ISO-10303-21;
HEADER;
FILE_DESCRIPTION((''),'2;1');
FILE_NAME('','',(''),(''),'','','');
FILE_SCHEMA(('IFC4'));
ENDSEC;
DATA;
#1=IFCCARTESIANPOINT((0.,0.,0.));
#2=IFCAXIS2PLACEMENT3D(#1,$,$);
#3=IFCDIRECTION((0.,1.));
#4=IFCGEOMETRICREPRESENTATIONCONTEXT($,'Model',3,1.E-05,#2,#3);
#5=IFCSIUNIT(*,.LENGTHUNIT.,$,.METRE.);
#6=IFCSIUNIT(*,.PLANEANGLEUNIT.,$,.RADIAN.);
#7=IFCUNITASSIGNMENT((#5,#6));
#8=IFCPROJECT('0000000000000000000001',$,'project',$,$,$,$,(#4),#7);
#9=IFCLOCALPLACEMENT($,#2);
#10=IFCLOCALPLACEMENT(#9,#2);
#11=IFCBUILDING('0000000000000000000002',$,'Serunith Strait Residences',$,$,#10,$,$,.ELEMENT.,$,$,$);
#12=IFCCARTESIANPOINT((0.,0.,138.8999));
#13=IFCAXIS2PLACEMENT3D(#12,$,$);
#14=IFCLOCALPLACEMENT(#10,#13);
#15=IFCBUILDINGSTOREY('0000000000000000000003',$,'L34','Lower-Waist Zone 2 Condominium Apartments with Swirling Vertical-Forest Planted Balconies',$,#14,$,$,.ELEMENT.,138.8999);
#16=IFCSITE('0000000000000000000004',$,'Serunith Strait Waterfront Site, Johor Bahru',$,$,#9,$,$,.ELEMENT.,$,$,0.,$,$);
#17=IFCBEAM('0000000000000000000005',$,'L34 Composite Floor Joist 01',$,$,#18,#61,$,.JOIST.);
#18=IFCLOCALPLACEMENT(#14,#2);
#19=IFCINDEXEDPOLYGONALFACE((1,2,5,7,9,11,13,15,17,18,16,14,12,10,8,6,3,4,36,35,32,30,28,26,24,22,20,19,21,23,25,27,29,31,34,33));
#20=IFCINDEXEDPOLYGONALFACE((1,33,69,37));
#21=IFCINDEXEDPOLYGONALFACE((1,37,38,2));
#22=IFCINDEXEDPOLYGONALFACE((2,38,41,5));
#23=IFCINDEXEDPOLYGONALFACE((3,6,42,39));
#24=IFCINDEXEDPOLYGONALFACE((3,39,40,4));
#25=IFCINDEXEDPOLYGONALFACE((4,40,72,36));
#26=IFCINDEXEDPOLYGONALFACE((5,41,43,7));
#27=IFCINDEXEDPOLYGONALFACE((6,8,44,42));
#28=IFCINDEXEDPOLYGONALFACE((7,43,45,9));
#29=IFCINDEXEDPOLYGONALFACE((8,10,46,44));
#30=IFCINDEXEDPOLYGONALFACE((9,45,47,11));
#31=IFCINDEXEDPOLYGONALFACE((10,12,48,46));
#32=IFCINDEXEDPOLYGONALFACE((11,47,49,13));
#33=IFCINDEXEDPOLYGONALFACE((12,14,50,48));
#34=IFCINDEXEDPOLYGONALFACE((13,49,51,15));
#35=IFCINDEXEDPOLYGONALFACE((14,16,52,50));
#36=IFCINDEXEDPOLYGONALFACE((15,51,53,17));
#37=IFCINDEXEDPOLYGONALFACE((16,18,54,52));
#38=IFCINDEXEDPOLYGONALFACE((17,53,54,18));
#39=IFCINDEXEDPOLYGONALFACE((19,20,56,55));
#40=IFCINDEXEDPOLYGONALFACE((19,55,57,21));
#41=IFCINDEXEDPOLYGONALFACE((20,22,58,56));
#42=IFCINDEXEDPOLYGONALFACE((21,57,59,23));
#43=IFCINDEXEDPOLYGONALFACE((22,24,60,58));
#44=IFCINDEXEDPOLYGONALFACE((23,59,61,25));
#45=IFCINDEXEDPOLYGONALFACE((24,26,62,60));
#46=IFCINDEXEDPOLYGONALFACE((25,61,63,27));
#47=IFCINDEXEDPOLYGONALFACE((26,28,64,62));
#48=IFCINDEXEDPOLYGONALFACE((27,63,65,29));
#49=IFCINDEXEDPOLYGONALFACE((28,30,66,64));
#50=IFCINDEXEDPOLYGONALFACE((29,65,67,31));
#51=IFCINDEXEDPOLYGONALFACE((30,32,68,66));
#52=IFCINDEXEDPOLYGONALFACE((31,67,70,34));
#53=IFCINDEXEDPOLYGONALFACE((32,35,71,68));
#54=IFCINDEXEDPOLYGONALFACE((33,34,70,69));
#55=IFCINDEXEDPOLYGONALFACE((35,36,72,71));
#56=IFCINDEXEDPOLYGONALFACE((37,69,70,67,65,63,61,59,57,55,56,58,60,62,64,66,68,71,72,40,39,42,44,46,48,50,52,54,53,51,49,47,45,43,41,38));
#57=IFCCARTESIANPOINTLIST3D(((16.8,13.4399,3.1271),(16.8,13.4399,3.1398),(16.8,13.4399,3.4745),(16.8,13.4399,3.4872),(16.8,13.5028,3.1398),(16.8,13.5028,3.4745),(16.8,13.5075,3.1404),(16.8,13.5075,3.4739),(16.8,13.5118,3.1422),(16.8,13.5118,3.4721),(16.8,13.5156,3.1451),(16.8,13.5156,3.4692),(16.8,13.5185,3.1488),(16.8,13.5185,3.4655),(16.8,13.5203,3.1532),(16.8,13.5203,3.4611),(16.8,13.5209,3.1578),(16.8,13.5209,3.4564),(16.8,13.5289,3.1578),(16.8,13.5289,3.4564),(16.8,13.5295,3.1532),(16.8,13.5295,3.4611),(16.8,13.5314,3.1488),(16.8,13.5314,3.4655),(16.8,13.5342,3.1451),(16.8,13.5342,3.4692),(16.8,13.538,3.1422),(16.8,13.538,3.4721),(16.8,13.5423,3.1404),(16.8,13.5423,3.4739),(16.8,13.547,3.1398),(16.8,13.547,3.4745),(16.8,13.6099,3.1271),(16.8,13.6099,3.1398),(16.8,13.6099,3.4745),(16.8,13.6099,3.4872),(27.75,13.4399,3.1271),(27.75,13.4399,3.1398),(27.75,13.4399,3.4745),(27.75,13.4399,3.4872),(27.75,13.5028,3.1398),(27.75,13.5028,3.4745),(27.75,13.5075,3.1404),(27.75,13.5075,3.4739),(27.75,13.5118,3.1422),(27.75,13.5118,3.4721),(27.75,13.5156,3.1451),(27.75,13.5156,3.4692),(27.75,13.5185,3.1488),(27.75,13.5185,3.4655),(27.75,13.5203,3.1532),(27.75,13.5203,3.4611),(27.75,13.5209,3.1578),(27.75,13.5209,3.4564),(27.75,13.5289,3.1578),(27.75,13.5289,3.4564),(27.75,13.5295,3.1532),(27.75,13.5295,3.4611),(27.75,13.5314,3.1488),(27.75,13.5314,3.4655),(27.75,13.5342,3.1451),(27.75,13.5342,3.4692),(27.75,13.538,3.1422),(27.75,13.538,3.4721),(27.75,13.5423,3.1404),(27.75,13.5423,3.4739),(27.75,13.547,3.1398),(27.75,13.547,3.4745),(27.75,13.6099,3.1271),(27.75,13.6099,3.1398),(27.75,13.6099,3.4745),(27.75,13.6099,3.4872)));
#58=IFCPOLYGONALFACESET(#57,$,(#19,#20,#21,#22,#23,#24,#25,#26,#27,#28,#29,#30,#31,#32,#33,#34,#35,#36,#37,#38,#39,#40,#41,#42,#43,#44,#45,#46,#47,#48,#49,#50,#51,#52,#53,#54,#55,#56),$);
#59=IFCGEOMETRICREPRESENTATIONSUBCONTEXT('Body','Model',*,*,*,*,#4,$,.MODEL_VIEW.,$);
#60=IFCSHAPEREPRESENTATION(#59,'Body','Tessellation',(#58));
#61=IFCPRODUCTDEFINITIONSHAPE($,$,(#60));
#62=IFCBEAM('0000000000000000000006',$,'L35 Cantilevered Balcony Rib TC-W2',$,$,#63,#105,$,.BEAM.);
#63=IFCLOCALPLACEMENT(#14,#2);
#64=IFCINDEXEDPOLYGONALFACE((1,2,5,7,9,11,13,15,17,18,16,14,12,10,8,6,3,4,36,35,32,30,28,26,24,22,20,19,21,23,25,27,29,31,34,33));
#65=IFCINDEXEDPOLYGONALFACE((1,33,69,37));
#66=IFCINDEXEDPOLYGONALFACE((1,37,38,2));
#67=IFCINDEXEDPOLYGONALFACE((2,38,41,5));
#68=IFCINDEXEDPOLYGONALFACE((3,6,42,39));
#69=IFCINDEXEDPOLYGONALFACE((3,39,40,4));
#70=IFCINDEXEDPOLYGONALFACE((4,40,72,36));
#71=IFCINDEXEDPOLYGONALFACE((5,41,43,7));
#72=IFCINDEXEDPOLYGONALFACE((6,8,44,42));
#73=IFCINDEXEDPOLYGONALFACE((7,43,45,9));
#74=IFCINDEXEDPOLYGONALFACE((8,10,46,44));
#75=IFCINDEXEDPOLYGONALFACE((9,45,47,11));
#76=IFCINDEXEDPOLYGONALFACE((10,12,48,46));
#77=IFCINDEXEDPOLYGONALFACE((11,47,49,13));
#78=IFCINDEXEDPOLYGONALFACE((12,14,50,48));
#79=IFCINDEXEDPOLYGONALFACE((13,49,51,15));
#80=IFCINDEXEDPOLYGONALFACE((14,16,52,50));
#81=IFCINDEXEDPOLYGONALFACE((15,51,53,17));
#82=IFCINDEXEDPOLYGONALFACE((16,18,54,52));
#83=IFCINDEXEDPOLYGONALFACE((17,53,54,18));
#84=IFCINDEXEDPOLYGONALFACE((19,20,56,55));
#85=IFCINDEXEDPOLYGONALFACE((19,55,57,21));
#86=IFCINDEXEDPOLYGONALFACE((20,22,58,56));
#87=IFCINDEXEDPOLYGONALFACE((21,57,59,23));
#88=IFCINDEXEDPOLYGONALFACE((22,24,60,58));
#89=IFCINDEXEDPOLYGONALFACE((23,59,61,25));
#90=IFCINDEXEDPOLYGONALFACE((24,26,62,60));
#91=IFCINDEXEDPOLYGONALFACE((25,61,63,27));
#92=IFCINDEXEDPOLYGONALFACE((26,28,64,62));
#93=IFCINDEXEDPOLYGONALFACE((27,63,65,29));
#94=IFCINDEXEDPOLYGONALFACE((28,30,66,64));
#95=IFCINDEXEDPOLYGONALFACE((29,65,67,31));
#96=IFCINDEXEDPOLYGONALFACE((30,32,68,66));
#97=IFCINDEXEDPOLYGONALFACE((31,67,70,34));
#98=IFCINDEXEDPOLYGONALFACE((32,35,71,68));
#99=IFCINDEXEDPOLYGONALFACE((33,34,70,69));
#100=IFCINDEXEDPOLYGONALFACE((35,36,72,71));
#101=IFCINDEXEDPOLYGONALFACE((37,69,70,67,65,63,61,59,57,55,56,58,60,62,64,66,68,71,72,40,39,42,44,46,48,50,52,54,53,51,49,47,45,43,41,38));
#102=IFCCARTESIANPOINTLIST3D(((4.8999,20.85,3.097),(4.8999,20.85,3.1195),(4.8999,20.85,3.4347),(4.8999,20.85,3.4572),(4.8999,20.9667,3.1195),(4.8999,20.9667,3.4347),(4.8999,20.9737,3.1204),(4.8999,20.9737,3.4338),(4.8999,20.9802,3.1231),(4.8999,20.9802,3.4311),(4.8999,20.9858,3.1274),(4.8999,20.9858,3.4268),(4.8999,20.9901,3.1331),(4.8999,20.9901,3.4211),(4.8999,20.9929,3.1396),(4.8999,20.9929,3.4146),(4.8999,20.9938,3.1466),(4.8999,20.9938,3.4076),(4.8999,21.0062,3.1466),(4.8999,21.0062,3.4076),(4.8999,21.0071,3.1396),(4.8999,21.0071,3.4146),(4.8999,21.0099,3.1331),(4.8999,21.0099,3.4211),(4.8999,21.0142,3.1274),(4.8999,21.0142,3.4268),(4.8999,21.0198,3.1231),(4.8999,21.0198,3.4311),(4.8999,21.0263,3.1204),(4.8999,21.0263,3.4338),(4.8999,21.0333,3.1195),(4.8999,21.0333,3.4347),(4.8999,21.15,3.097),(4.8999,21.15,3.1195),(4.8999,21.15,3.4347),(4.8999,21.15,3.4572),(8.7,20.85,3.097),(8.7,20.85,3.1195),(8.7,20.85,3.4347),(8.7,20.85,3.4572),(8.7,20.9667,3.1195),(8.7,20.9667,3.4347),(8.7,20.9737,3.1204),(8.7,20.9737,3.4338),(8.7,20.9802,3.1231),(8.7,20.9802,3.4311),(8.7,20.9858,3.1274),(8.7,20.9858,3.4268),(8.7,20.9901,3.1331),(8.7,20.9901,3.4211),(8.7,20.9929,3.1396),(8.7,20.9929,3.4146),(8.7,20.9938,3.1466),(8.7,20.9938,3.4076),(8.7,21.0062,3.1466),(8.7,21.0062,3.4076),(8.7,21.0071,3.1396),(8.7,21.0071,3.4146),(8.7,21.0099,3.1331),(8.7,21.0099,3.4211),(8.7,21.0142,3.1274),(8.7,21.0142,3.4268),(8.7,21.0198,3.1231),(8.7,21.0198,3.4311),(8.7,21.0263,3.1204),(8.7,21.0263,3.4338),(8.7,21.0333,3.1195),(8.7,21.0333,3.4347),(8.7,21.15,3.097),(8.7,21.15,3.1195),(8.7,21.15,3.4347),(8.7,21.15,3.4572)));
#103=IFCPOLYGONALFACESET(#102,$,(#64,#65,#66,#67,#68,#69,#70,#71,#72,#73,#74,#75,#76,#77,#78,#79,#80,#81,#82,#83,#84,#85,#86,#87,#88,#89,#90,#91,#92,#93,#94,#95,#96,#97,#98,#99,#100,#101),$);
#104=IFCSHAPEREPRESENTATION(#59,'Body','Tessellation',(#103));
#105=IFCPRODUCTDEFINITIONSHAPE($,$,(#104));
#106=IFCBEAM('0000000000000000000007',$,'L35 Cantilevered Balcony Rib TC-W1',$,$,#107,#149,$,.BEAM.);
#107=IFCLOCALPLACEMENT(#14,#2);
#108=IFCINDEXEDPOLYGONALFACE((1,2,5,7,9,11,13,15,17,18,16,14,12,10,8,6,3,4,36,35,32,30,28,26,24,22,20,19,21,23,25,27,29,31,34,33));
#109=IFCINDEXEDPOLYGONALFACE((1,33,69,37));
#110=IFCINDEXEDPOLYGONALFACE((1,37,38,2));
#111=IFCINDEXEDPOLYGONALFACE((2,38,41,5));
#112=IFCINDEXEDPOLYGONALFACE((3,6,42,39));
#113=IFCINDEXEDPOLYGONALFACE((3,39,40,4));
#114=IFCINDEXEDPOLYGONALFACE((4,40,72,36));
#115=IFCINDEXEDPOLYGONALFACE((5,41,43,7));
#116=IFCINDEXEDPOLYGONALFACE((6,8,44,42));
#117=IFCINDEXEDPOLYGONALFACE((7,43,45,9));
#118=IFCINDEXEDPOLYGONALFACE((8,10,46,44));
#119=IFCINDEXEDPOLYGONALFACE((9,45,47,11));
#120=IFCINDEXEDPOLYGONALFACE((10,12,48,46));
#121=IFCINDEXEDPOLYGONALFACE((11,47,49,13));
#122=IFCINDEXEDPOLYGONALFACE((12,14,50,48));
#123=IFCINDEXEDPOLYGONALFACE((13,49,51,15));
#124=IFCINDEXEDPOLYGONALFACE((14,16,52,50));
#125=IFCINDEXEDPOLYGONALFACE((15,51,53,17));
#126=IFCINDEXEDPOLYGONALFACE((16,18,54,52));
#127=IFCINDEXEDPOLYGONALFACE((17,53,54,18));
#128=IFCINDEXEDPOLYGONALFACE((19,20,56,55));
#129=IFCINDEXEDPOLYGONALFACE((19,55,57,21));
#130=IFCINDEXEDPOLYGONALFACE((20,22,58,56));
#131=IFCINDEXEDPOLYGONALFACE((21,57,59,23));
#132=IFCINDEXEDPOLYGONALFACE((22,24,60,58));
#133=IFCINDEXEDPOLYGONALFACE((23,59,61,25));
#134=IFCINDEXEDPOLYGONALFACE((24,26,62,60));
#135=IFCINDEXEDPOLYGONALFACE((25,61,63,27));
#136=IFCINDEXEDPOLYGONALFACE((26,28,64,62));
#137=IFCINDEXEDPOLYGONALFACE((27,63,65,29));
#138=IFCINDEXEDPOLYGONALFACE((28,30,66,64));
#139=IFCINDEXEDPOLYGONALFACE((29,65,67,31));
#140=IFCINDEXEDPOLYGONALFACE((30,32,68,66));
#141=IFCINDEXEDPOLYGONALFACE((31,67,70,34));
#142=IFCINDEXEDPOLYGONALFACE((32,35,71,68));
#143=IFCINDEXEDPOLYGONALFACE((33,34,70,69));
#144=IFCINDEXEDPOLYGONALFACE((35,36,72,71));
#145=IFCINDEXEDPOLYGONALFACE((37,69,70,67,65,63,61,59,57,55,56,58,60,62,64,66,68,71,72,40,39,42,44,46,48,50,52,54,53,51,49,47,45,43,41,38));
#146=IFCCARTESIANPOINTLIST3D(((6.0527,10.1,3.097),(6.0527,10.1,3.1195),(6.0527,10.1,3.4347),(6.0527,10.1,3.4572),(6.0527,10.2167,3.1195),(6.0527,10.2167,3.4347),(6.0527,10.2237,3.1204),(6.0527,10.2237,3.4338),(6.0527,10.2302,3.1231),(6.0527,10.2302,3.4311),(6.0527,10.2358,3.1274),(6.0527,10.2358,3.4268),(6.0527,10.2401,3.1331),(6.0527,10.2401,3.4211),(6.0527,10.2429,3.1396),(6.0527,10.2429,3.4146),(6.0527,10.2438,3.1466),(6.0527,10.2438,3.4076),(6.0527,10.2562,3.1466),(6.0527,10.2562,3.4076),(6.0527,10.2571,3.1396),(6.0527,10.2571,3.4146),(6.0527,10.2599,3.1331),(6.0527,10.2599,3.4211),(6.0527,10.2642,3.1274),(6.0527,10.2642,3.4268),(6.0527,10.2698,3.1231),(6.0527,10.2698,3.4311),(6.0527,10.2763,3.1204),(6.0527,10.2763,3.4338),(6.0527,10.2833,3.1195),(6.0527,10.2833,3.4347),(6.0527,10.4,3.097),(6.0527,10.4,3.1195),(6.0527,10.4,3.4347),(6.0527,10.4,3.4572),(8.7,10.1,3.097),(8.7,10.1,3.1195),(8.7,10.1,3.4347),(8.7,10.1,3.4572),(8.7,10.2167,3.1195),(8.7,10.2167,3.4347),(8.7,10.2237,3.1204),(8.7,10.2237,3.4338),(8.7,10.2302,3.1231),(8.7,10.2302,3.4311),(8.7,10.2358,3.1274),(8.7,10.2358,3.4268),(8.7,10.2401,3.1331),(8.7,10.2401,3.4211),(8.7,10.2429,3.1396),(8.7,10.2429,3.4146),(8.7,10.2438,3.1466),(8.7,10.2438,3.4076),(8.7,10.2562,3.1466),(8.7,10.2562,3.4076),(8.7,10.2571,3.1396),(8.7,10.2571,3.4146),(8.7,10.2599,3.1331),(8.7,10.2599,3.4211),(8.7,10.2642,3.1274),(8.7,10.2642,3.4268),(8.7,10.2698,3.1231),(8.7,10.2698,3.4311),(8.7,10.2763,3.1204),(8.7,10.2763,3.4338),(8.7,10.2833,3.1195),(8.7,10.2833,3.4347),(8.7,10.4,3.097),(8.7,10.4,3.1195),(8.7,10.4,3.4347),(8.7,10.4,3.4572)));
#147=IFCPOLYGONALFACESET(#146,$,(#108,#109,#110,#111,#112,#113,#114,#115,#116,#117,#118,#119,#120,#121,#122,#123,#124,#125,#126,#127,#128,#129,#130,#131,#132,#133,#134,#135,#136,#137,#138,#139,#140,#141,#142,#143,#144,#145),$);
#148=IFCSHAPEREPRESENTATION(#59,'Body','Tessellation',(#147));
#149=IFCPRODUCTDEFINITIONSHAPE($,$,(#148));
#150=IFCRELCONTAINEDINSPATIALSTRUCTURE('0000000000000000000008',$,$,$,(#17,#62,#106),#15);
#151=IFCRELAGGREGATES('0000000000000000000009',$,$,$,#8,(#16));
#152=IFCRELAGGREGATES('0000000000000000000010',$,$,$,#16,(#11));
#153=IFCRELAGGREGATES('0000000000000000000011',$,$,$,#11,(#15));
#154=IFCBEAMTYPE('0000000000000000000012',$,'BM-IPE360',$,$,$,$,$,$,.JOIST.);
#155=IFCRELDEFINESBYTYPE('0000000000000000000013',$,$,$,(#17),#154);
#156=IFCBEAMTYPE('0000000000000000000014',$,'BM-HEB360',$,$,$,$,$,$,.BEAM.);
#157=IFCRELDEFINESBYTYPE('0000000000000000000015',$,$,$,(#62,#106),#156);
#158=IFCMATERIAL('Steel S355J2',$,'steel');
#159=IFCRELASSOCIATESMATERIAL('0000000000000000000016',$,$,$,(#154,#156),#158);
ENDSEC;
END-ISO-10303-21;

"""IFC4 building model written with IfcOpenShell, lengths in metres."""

from ifc_helpers import new_model, si_unit, direction, frame, origin, origin_2d, place, context, subcontext, project, spatial, i_section, extrude, source, transform, mapped, material, material_profile, profile_set, type_object, element, save


model = new_model("IFC4")

# Units and contexts
model_context = context("Model", 3, precision=1e-05, world=origin(), true_north=direction((0.0, 1.0)))
body_context = subcontext(model_context, "Body", "Model", "MODEL_VIEW")
ifc_project = project(units=[si_unit("LENGTHUNIT", "METRE"), si_unit("PLANEANGLEUNIT", "RADIAN")], contexts=[model_context])

# Site, building, storey
site_placement = place(None, origin())
site = spatial("IfcSite", under=ifc_project, at=site_placement, Name="Serunith Strait Waterfront Site, Johor Bahru", CompositionType="ELEMENT", RefElevation=0.0)
building_placement = place(site_placement, origin())
building = spatial("IfcBuilding", under=site, at=building_placement, Name="Serunith Strait Residences", CompositionType="ELEMENT")
storey_placement = place(building_placement, frame((0.0, 0.0, 138.8999)))
storey = spatial("IfcBuildingStorey", under=building, at=storey_placement, Name="L34", Description="Lower-Waist Zone 2 Condominium Apartments with Swirling Vertical-Forest Planted Balconies", CompositionType="ELEMENT", Elevation=138.8999)

# Beams
ifc_material_1 = material(Name="Steel S355J2", Category="steel")
ifc_material_profile_1 = material_profile(ifc_material_1, i_section(OverallWidth=0.1699, OverallDepth=0.3601, WebThickness=0.0081, FlangeThickness=0.0127, FilletRadius=0.0181, at=origin_2d()), Name="IPE 360")
ifc_profile_set_1 = profile_set([ifc_material_profile_1], Name="Steel S355J2")
beam_type_1 = type_object("IfcBeamType", Name="BM-IPE360", PredefinedType="JOIST", material=ifc_profile_set_1)
shared_shape_1 = source(origin(), body_context, "Body", "SweptSolid", [
    extrude(i_section(OverallWidth=0.1699, OverallDepth=0.3601, WebThickness=0.0081, FlangeThickness=0.0127, FilletRadius=0.0181, at=origin_2d()), origin(), (0.0, 0.0, 1.0), 10.95),
])
beam_1_placement = place(storey_placement, frame((16.8, 13.5249, 3.3071), z_axis=(1.0, 0.0, 0.0), x_axis=(0.0, 1.0, 0.0)))
element("IfcBeam", 1, at=beam_1_placement, inside=storey, type_object=beam_type_1, Name="L34 Composite Floor Joist 01", PredefinedType="JOIST", context=body_context, shape_type="MappedRepresentation", body=[
    mapped(shared_shape_1, transform((0.0, 0.0, 0.0), scale=1.0)),
])
ifc_material_profile_2 = material_profile(ifc_material_1, i_section(OverallWidth=0.3, OverallDepth=0.3601, WebThickness=0.0125, FlangeThickness=0.0225, FilletRadius=0.0271, at=origin_2d()), Name="HEB 360")
ifc_profile_set_2 = profile_set([ifc_material_profile_2], Name="Steel S355J2")
beam_type_2 = type_object("IfcBeamType", Name="BM-HEB360", PredefinedType="BEAM", material=ifc_profile_set_2)
shared_shape_2 = source(origin(), body_context, "Body", "SweptSolid", [
    extrude(i_section(OverallWidth=0.3, OverallDepth=0.3601, WebThickness=0.0125, FlangeThickness=0.0225, FilletRadius=0.0271, at=origin_2d()), origin(), (0.0, 0.0, 1.0), 3.8),
])
beam_2_placement = place(storey_placement, frame((8.7, 21.0, 3.2771), z_axis=(-1.0, 0.0, 0.0), x_axis=(0.0, -1.0, 0.0)))
element("IfcBeam", 2, at=beam_2_placement, inside=storey, type_object=beam_type_2, Name="L35 Cantilevered Balcony Rib TC-W2", PredefinedType="BEAM", context=body_context, shape_type="MappedRepresentation", body=[
    mapped(shared_shape_2, transform((0.0, 0.0, 0.0), scale=1.0)),
])
shared_shape_3 = source(origin(), body_context, "Body", "SweptSolid", [
    extrude(i_section(OverallWidth=0.3, OverallDepth=0.3601, WebThickness=0.0125, FlangeThickness=0.0225, FilletRadius=0.0271, at=origin_2d()), origin(), (0.0, 0.0, 1.0), 2.6472),
])
beam_3_placement = place(storey_placement, frame((8.7, 10.25, 3.2771), z_axis=(-1.0, 0.0, 0.0), x_axis=(0.0, -1.0, 0.0)))
element("IfcBeam", 3, at=beam_3_placement, inside=storey, type_object=beam_type_2, Name="L35 Cantilevered Balcony Rib TC-W1", PredefinedType="BEAM", context=body_context, shape_type="MappedRepresentation", body=[
    mapped(shared_shape_3, transform((0.0, 0.0, 0.0), scale=1.0)),
])

save(model, "model.ifc")
